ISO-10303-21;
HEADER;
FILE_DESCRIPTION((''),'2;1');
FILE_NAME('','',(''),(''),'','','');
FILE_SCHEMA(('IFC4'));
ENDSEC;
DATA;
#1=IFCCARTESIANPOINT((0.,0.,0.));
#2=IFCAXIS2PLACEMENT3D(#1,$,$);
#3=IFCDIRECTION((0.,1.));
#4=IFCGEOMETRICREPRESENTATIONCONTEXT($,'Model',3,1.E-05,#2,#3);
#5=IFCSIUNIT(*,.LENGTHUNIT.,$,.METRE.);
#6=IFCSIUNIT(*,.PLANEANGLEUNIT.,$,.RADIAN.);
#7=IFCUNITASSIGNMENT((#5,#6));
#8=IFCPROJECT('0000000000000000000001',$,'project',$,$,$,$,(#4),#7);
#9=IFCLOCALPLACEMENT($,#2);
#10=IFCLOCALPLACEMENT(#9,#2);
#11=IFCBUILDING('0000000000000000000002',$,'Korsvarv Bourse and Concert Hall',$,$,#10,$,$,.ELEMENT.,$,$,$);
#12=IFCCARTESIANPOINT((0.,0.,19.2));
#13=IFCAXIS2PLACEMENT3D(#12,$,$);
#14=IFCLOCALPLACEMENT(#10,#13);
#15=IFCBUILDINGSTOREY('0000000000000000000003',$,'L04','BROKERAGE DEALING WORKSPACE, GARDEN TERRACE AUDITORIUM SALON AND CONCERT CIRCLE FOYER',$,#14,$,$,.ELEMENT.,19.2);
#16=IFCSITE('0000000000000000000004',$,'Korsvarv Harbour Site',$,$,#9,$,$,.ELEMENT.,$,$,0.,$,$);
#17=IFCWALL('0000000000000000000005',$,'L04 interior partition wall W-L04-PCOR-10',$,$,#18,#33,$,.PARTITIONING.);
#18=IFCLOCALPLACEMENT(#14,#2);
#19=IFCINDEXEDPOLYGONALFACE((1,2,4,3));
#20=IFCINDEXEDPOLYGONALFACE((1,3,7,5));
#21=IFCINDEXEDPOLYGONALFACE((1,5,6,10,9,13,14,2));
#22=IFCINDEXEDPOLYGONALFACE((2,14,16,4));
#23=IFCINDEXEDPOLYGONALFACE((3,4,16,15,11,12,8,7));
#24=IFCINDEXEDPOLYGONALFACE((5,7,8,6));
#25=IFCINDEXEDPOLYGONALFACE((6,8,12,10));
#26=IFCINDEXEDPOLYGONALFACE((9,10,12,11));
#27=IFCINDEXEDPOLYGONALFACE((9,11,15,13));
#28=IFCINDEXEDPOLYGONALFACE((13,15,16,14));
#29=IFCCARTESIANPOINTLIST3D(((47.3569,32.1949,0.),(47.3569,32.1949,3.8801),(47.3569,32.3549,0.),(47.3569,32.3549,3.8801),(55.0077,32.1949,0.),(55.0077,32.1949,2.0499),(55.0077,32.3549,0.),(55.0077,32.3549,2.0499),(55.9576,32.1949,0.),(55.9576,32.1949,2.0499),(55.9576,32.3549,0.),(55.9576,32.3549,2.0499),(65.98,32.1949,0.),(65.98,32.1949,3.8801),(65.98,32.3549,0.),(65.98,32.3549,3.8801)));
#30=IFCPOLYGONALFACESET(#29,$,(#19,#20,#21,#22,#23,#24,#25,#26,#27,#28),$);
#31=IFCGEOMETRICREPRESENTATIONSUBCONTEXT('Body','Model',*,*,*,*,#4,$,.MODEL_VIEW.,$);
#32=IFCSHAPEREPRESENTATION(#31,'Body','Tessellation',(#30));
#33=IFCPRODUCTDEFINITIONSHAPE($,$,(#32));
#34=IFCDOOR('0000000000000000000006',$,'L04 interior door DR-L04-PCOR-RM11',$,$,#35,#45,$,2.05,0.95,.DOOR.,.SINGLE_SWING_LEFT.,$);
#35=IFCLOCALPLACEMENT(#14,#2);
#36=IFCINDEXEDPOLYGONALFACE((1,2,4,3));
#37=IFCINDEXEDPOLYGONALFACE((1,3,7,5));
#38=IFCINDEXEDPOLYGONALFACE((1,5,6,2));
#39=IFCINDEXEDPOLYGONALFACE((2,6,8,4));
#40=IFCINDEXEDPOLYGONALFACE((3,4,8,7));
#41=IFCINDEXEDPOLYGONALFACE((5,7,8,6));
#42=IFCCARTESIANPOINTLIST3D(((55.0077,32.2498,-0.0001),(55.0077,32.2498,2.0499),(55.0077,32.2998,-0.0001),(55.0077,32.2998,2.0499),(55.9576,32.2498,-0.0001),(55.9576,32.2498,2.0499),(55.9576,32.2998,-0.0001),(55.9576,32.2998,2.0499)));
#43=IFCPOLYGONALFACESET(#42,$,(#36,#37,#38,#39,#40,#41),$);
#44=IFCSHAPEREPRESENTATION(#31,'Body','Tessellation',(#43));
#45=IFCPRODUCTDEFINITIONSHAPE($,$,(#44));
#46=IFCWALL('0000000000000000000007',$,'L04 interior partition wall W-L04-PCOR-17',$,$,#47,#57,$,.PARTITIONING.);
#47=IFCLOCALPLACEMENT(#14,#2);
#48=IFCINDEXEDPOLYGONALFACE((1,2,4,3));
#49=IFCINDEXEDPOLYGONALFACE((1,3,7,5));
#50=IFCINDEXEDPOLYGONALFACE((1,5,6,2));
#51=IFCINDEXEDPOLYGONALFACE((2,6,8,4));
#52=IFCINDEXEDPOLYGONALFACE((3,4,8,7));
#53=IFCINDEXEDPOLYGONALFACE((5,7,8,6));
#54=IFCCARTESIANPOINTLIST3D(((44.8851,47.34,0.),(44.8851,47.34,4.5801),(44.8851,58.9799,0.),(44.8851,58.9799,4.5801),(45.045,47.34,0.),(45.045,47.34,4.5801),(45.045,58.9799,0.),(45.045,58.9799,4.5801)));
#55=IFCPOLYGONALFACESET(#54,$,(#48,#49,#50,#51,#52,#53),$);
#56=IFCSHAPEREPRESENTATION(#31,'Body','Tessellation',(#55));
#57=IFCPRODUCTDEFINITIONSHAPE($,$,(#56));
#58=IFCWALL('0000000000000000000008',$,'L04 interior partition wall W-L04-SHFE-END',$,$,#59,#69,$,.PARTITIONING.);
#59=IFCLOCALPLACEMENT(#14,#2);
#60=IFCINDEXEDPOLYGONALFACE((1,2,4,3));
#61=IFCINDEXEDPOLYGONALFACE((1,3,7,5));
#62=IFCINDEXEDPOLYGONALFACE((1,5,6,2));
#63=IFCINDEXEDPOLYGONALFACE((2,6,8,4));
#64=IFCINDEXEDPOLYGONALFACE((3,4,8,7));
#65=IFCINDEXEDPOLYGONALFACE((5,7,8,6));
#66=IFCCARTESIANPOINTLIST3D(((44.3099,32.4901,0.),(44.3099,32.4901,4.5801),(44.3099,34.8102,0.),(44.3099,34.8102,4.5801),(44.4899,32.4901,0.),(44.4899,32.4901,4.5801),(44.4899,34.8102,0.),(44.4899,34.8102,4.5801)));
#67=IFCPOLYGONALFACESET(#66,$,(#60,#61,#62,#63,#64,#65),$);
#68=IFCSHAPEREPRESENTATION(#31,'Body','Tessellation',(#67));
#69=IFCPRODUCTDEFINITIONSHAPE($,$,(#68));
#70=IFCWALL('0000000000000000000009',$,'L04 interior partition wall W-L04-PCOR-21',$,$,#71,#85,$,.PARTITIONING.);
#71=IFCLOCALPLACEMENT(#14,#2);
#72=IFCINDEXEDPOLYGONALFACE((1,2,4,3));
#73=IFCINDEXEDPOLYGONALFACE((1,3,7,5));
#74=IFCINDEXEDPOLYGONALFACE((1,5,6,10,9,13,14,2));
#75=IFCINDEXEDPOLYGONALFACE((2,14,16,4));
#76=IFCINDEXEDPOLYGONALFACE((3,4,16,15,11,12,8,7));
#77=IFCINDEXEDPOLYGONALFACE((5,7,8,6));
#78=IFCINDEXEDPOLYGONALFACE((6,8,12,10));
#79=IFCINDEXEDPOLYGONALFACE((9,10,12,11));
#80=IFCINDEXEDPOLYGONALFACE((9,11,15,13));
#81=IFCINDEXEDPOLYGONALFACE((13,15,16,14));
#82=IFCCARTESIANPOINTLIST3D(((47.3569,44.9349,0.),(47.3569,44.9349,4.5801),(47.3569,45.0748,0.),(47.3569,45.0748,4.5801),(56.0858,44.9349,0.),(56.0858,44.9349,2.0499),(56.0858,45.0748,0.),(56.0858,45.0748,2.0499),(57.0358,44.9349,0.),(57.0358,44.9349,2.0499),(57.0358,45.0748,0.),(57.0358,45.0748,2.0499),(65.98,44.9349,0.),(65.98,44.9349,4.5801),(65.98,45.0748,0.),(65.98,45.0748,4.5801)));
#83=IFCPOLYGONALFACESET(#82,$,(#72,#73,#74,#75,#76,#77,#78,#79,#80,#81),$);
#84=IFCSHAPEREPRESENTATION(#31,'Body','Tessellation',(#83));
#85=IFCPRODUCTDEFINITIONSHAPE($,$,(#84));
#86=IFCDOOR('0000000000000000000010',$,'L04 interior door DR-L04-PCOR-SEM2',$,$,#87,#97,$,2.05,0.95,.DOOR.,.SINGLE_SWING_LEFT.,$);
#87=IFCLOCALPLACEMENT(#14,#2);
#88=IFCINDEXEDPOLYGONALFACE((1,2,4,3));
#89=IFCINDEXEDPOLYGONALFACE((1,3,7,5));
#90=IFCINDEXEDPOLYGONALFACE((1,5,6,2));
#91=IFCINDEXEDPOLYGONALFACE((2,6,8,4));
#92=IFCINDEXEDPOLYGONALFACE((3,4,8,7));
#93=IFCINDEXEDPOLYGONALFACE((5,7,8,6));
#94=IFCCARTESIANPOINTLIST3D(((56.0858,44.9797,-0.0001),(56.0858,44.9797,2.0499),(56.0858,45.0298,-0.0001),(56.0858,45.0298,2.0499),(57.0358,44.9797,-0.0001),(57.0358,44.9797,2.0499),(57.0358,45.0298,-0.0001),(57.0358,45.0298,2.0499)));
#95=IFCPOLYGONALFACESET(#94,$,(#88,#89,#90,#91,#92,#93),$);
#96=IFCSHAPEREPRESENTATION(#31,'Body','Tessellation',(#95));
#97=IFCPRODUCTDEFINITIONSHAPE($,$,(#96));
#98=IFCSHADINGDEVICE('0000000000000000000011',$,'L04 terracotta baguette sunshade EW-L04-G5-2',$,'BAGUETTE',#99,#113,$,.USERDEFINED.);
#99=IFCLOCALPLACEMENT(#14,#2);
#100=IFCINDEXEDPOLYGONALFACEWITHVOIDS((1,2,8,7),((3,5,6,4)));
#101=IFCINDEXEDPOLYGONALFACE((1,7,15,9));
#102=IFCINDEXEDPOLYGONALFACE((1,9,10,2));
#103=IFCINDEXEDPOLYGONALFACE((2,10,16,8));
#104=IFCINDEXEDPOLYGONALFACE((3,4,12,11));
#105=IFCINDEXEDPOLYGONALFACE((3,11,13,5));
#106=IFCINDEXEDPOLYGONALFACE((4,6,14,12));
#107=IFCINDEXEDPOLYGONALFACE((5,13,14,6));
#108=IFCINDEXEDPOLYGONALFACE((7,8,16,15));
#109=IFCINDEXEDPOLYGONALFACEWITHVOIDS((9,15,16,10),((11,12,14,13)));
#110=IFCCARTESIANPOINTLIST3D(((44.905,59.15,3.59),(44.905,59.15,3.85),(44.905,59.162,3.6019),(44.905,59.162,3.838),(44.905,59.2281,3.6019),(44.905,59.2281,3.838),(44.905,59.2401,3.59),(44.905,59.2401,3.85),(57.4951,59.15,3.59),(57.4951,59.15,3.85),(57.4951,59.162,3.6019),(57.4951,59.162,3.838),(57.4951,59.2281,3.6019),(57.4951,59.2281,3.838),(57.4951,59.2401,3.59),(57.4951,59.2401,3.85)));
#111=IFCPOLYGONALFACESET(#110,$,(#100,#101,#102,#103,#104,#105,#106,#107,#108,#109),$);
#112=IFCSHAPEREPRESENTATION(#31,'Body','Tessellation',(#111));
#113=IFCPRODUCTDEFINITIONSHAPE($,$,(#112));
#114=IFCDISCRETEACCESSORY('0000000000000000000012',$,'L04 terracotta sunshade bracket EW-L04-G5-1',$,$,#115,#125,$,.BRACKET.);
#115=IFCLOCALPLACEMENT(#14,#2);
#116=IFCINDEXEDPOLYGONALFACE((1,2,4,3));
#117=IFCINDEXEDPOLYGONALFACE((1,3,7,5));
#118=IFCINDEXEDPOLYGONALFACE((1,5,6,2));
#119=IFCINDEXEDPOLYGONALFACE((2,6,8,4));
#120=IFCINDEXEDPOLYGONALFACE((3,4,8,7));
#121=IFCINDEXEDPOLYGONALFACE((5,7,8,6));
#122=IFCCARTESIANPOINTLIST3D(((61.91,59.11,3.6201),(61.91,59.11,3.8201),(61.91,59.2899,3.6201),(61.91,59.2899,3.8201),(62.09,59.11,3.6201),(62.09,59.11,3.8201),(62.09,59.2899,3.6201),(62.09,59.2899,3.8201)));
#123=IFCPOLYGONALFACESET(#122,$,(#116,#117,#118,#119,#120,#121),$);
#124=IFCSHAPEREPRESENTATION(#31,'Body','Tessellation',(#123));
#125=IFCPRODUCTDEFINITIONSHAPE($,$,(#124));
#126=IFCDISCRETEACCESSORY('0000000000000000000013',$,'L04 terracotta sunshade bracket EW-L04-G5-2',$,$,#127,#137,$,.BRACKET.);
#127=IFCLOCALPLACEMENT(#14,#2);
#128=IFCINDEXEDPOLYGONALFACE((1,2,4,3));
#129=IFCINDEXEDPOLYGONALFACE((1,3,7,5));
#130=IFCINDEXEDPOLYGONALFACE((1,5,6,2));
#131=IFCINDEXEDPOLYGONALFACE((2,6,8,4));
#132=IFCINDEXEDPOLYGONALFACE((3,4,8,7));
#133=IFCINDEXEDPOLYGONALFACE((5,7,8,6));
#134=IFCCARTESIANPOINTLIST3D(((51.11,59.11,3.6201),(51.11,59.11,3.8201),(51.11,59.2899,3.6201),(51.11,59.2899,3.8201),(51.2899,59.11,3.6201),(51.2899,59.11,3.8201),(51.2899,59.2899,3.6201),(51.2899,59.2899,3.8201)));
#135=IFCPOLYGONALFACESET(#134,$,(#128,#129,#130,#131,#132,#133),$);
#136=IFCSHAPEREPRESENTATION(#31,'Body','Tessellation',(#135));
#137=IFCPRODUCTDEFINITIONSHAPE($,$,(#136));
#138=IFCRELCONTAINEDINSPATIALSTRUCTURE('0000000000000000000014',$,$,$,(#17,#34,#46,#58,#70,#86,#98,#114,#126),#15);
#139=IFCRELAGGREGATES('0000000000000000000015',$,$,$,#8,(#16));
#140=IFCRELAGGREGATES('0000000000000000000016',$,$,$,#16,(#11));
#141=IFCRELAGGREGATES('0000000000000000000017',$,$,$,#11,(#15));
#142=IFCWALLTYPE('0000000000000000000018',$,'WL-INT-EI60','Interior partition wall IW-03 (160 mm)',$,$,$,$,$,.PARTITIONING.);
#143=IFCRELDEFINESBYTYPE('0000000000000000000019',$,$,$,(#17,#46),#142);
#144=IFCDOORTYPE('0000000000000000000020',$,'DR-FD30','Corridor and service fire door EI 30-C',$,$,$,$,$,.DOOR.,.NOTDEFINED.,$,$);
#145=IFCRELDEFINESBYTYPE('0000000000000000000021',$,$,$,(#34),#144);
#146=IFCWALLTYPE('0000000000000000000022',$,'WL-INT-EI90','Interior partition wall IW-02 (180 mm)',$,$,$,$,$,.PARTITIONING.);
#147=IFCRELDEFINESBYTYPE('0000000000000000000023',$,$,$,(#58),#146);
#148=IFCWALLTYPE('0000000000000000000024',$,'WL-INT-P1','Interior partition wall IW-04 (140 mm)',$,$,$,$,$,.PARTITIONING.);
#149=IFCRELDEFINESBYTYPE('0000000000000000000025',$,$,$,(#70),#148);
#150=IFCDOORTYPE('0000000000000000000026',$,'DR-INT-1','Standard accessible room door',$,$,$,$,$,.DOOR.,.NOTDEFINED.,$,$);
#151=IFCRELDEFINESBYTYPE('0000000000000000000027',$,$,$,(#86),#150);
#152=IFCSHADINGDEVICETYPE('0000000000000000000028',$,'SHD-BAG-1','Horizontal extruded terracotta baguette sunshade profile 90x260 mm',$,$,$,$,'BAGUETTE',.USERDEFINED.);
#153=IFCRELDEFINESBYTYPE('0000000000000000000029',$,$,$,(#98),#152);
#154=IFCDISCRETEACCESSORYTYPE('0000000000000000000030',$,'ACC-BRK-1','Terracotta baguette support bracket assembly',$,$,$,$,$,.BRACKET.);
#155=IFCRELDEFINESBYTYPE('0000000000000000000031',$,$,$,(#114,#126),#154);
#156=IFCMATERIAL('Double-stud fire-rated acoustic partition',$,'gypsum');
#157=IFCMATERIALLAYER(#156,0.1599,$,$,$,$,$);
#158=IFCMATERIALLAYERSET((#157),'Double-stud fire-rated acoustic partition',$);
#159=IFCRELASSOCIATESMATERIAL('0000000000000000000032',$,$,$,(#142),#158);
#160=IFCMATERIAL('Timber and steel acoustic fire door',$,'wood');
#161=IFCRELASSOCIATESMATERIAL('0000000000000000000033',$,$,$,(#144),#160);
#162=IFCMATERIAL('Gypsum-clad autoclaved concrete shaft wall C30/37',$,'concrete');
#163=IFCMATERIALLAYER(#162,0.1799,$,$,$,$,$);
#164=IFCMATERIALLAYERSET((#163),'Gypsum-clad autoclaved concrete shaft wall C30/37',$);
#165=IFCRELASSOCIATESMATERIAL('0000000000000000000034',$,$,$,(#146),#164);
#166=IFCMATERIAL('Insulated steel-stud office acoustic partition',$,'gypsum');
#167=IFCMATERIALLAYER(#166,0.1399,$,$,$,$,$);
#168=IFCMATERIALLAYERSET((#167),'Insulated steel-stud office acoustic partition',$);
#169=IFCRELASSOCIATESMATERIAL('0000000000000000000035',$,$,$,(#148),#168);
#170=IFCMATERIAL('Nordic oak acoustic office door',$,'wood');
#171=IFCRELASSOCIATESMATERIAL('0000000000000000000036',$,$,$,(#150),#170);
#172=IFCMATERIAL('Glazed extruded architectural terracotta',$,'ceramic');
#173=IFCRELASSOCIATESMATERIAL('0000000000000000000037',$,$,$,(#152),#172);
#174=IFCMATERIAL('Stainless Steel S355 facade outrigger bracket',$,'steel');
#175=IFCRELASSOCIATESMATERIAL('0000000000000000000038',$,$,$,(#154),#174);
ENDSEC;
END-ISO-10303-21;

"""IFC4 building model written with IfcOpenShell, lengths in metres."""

from ifc_helpers import new_model, si_unit, direction, frame, frame_2d, origin, origin_2d, place, context, subcontext, project, spatial, rectangle, hollow_rectangle, extrude, source, transform, mapped, material, layer, layer_set, material_profile, profile_set, type_object, element, fill, save


model = new_model("IFC4")

# Units and contexts
model_context = context("Model", 3, precision=1e-05, world=origin(), true_north=direction((0.0, 1.0)))
body_context = subcontext(model_context, "Body", "Model", "MODEL_VIEW")
ifc_project = project(units=[si_unit("LENGTHUNIT", "METRE"), si_unit("PLANEANGLEUNIT", "RADIAN")], contexts=[model_context])

# Site, building, storey
site_placement = place(None, origin())
site = spatial("IfcSite", under=ifc_project, at=site_placement, Name="Korsvarv Harbour Site", CompositionType="ELEMENT", RefElevation=0.0)
building_placement = place(site_placement, origin())
building = spatial("IfcBuilding", under=site, at=building_placement, Name="Korsvarv Bourse and Concert Hall", CompositionType="ELEMENT")
storey_placement = place(building_placement, frame((0.0, 0.0, 19.2)))
storey = spatial("IfcBuildingStorey", under=building, at=storey_placement, Name="L04", Description="BROKERAGE DEALING WORKSPACE, GARDEN TERRACE AUDITORIUM SALON AND CONCERT CIRCLE FOYER", CompositionType="ELEMENT", Elevation=19.2)

# Wall, opening, door
ifc_material_1 = material(Name="Double-stud fire-rated acoustic partition", Category="gypsum")
ifc_layer_1 = layer(ifc_material_1, 0.1599)
ifc_layer_set_1 = layer_set([ifc_layer_1], Name="Double-stud fire-rated acoustic partition")
wall_type_1 = type_object("IfcWallType", Name="WL-INT-EI60", Description="Interior partition wall IW-03 (160 mm)", PredefinedType="PARTITIONING", material=ifc_layer_set_1)
wall_1_placement = place(storey_placement, frame((47.3569, 32.2749, 0.0), z_axis=(0.0, 0.0, 1.0), x_axis=(1.0, 0.0, 0.0)))
wall_1 = element("IfcWall", 1, at=wall_1_placement, inside=storey, type_object=wall_type_1, Name="L04 interior partition wall W-L04-PCOR-10", PredefinedType="PARTITIONING", context=body_context, shape_type="SweptSolid", body=[
    extrude(rectangle(XDim=18.623, YDim=0.1599, at=frame_2d((9.3115, 0.0))), origin(), (0.0, 0.0, 1.0), 3.8801),
])
opening_1_placement = place(wall_1_placement, frame((7.6506, 0.0, 0.0)))
opening_1 = element("IfcOpeningElement", 2, at=opening_1_placement, cuts=wall_1, PredefinedType="OPENING", context=body_context, shape_type="SweptSolid", body=[
    extrude(rectangle(XDim=0.95, YDim=2.05, at=frame_2d((0.4751, 1.0249))), frame((0.0, 0.0898, 0.0), z_axis=(0.0, -1.0, 0.0), x_axis=(1.0, 0.0, 0.0)), (0.0, 0.0, 1.0), 0.1799),
])
ifc_material_2 = material(Name="Timber and steel acoustic fire door", Category="wood")
door_type_1 = type_object("IfcDoorType", Name="DR-FD30", Description="Corridor and service fire door EI 30-C", OperationType="NOTDEFINED", PredefinedType="DOOR", material=ifc_material_2)
door_1_placement = place(opening_1_placement, origin())
door_1 = element("IfcDoor", 3, at=door_1_placement, inside=storey, type_object=door_type_1, Name="L04 interior door DR-L04-PCOR-RM11", OperationType="SINGLE_SWING_LEFT", OverallHeight=2.05, OverallWidth=0.95, PredefinedType="DOOR", context=body_context, shape_type="SweptSolid", body=[
    extrude(rectangle(XDim=0.95, YDim=2.05, at=frame_2d((0.4751, 1.0249))), frame((0.0, 0.0249, 0.0), z_axis=(0.0, -1.0, 0.0), x_axis=(1.0, 0.0, 0.0)), (0.0, 0.0, 1.0), 0.05),
])
fill(opening_1, door_1)

# Walls
wall_2_placement = place(storey_placement, frame((44.9651, 47.3401, 0.0), z_axis=(0.0, 0.0, 1.0), x_axis=(0.0, 1.0, 0.0)))
element("IfcWall", 4, at=wall_2_placement, inside=storey, type_object=wall_type_1, Name="L04 interior partition wall W-L04-PCOR-17", PredefinedType="PARTITIONING", context=body_context, shape_type="SweptSolid", body=[
    extrude(rectangle(XDim=11.6399, YDim=0.1599, at=frame_2d((5.8198, 0.0))), origin(), (0.0, 0.0, 1.0), 4.5801),
])
ifc_material_3 = material(Name="Gypsum-clad autoclaved concrete shaft wall C30/37", Category="concrete")
ifc_layer_2 = layer(ifc_material_3, 0.1799)
ifc_layer_set_2 = layer_set([ifc_layer_2], Name="Gypsum-clad autoclaved concrete shaft wall C30/37")
wall_type_2 = type_object("IfcWallType", Name="WL-INT-EI90", Description="Interior partition wall IW-02 (180 mm)", PredefinedType="PARTITIONING", material=ifc_layer_set_2)
wall_3_placement = place(storey_placement, frame((44.3999, 32.49, 0.0), z_axis=(0.0, 0.0, 1.0), x_axis=(0.0, 1.0, 0.0)))
element("IfcWall", 5, at=wall_3_placement, inside=storey, type_object=wall_type_2, Name="L04 interior partition wall W-L04-SHFE-END", PredefinedType="PARTITIONING", context=body_context, shape_type="SweptSolid", body=[
    extrude(rectangle(XDim=2.3201, YDim=0.1799, at=frame_2d((1.1602, 0.0))), origin(), (0.0, 0.0, 1.0), 4.5801),
])

# Wall, opening, door
ifc_material_4 = material(Name="Insulated steel-stud office acoustic partition", Category="gypsum")
ifc_layer_3 = layer(ifc_material_4, 0.1399)
ifc_layer_set_3 = layer_set([ifc_layer_3], Name="Insulated steel-stud office acoustic partition")
wall_type_3 = type_object("IfcWallType", Name="WL-INT-P1", Description="Interior partition wall IW-04 (140 mm)", PredefinedType="PARTITIONING", material=ifc_layer_set_3)
wall_4_placement = place(storey_placement, frame((47.3569, 45.0049, 0.0), z_axis=(0.0, 0.0, 1.0), x_axis=(1.0, 0.0, 0.0)))
wall_4 = element("IfcWall", 6, at=wall_4_placement, inside=storey, type_object=wall_type_3, Name="L04 interior partition wall W-L04-PCOR-21", PredefinedType="PARTITIONING", context=body_context, shape_type="SweptSolid", body=[
    extrude(rectangle(XDim=18.623, YDim=0.1399, at=frame_2d((9.3115, 0.0))), origin(), (0.0, 0.0, 1.0), 4.5801),
])
opening_2_placement = place(wall_4_placement, frame((8.7288, 0.0, 0.0)))
opening_2 = element("IfcOpeningElement", 7, at=opening_2_placement, cuts=wall_4, PredefinedType="OPENING", context=body_context, shape_type="SweptSolid", body=[
    extrude(rectangle(XDim=0.95, YDim=2.05, at=frame_2d((0.4751, 1.0249))), frame((0.0, 0.0801, 0.0), z_axis=(0.0, -1.0, 0.0), x_axis=(1.0, 0.0, 0.0)), (0.0, 0.0, 1.0), 0.1599),
])
ifc_material_5 = material(Name="Nordic oak acoustic office door", Category="wood")
door_type_2 = type_object("IfcDoorType", Name="DR-INT-1", Description="Standard accessible room door", OperationType="NOTDEFINED", PredefinedType="DOOR", material=ifc_material_5)
door_2_placement = place(opening_2_placement, origin())
door_2 = element("IfcDoor", 8, at=door_2_placement, inside=storey, type_object=door_type_2, Name="L04 interior door DR-L04-PCOR-SEM2", OperationType="SINGLE_SWING_LEFT", OverallHeight=2.05, OverallWidth=0.95, PredefinedType="DOOR", context=body_context, shape_type="SweptSolid", body=[
    extrude(rectangle(XDim=0.95, YDim=2.05, at=frame_2d((0.4751, 1.0249))), frame((0.0, 0.0249, 0.0), z_axis=(0.0, -1.0, 0.0), x_axis=(1.0, 0.0, 0.0)), (0.0, 0.0, 1.0), 0.05),
])
fill(opening_2, door_2)

# Shading device
ifc_material_6 = material(Name="Glazed extruded architectural terracotta", Category="ceramic")
ifc_material_profile_1 = material_profile(ifc_material_6, hollow_rectangle(XDim=0.0901, YDim=0.26, WallThickness=0.012, at=origin_2d()), Name="TC-BAG 90x260")
ifc_profile_set_1 = profile_set([ifc_material_profile_1], Name="Glazed extruded architectural terracotta")
shading_device_type = type_object("IfcShadingDeviceType", Name="SHD-BAG-1", Description="Horizontal extruded terracotta baguette sunshade profile 90x260 mm", ElementType="BAGUETTE", PredefinedType="USERDEFINED", material=ifc_profile_set_1)
shared_shape_1 = source(origin(), body_context, "Body", "SweptSolid", [
    extrude(hollow_rectangle(XDim=0.0901, YDim=0.26, WallThickness=0.012, at=origin_2d()), origin(), (0.0, 0.0, 1.0), 12.5901),
])
shading_device_placement = place(storey_placement, frame((57.4951, 59.1951, 3.72), z_axis=(-1.0, 0.0, 0.0), x_axis=(0.0, -1.0, 0.0)))
element("IfcShadingDevice", 9, at=shading_device_placement, inside=storey, type_object=shading_device_type, Name="L04 terracotta baguette sunshade EW-L04-G5-2", ObjectType="BAGUETTE", PredefinedType="USERDEFINED", context=body_context, shape_type="MappedRepresentation", body=[
    mapped(shared_shape_1, transform((0.0, 0.0, 0.0), scale=1.0)),
])

# Discrete accessories
ifc_material_7 = material(Name="Stainless Steel S355 facade outrigger bracket", Category="steel")
discrete_accessory_type = type_object("IfcDiscreteAccessoryType", Name="ACC-BRK-1", Description="Terracotta baguette support bracket assembly", PredefinedType="BRACKET", material=ifc_material_7)
shared_shape_2 = source(origin(), body_context, "Body", "SweptSolid", [
    extrude(rectangle(XDim=0.1799, YDim=0.1799, at=origin_2d()), origin(), (0.0, 0.0, 1.0), 0.2),
])
for number, where, z_axis, x_axis, name in (
    (10, (62.0, 59.2, 3.6201), (0.0, 0.0, 1.0), (-1.0, 0.0, 0.0), "L04 terracotta sunshade bracket EW-L04-G5-1"),
    (11, (51.2, 59.2, 3.6201), (0.0, 0.0, 1.0), (-1.0, 0.0, 0.0), "L04 terracotta sunshade bracket EW-L04-G5-2"),
):
    element("IfcDiscreteAccessory", number, at=place(storey_placement, frame(where, z_axis=z_axis, x_axis=x_axis)), inside=storey, type_object=discrete_accessory_type, Name=name, PredefinedType="BRACKET", context=body_context, shape_type="MappedRepresentation", body=[
        mapped(shared_shape_2, transform((0.0, 0.0, 0.0), scale=1.0)),
    ])

save(model, "model.ifc")
